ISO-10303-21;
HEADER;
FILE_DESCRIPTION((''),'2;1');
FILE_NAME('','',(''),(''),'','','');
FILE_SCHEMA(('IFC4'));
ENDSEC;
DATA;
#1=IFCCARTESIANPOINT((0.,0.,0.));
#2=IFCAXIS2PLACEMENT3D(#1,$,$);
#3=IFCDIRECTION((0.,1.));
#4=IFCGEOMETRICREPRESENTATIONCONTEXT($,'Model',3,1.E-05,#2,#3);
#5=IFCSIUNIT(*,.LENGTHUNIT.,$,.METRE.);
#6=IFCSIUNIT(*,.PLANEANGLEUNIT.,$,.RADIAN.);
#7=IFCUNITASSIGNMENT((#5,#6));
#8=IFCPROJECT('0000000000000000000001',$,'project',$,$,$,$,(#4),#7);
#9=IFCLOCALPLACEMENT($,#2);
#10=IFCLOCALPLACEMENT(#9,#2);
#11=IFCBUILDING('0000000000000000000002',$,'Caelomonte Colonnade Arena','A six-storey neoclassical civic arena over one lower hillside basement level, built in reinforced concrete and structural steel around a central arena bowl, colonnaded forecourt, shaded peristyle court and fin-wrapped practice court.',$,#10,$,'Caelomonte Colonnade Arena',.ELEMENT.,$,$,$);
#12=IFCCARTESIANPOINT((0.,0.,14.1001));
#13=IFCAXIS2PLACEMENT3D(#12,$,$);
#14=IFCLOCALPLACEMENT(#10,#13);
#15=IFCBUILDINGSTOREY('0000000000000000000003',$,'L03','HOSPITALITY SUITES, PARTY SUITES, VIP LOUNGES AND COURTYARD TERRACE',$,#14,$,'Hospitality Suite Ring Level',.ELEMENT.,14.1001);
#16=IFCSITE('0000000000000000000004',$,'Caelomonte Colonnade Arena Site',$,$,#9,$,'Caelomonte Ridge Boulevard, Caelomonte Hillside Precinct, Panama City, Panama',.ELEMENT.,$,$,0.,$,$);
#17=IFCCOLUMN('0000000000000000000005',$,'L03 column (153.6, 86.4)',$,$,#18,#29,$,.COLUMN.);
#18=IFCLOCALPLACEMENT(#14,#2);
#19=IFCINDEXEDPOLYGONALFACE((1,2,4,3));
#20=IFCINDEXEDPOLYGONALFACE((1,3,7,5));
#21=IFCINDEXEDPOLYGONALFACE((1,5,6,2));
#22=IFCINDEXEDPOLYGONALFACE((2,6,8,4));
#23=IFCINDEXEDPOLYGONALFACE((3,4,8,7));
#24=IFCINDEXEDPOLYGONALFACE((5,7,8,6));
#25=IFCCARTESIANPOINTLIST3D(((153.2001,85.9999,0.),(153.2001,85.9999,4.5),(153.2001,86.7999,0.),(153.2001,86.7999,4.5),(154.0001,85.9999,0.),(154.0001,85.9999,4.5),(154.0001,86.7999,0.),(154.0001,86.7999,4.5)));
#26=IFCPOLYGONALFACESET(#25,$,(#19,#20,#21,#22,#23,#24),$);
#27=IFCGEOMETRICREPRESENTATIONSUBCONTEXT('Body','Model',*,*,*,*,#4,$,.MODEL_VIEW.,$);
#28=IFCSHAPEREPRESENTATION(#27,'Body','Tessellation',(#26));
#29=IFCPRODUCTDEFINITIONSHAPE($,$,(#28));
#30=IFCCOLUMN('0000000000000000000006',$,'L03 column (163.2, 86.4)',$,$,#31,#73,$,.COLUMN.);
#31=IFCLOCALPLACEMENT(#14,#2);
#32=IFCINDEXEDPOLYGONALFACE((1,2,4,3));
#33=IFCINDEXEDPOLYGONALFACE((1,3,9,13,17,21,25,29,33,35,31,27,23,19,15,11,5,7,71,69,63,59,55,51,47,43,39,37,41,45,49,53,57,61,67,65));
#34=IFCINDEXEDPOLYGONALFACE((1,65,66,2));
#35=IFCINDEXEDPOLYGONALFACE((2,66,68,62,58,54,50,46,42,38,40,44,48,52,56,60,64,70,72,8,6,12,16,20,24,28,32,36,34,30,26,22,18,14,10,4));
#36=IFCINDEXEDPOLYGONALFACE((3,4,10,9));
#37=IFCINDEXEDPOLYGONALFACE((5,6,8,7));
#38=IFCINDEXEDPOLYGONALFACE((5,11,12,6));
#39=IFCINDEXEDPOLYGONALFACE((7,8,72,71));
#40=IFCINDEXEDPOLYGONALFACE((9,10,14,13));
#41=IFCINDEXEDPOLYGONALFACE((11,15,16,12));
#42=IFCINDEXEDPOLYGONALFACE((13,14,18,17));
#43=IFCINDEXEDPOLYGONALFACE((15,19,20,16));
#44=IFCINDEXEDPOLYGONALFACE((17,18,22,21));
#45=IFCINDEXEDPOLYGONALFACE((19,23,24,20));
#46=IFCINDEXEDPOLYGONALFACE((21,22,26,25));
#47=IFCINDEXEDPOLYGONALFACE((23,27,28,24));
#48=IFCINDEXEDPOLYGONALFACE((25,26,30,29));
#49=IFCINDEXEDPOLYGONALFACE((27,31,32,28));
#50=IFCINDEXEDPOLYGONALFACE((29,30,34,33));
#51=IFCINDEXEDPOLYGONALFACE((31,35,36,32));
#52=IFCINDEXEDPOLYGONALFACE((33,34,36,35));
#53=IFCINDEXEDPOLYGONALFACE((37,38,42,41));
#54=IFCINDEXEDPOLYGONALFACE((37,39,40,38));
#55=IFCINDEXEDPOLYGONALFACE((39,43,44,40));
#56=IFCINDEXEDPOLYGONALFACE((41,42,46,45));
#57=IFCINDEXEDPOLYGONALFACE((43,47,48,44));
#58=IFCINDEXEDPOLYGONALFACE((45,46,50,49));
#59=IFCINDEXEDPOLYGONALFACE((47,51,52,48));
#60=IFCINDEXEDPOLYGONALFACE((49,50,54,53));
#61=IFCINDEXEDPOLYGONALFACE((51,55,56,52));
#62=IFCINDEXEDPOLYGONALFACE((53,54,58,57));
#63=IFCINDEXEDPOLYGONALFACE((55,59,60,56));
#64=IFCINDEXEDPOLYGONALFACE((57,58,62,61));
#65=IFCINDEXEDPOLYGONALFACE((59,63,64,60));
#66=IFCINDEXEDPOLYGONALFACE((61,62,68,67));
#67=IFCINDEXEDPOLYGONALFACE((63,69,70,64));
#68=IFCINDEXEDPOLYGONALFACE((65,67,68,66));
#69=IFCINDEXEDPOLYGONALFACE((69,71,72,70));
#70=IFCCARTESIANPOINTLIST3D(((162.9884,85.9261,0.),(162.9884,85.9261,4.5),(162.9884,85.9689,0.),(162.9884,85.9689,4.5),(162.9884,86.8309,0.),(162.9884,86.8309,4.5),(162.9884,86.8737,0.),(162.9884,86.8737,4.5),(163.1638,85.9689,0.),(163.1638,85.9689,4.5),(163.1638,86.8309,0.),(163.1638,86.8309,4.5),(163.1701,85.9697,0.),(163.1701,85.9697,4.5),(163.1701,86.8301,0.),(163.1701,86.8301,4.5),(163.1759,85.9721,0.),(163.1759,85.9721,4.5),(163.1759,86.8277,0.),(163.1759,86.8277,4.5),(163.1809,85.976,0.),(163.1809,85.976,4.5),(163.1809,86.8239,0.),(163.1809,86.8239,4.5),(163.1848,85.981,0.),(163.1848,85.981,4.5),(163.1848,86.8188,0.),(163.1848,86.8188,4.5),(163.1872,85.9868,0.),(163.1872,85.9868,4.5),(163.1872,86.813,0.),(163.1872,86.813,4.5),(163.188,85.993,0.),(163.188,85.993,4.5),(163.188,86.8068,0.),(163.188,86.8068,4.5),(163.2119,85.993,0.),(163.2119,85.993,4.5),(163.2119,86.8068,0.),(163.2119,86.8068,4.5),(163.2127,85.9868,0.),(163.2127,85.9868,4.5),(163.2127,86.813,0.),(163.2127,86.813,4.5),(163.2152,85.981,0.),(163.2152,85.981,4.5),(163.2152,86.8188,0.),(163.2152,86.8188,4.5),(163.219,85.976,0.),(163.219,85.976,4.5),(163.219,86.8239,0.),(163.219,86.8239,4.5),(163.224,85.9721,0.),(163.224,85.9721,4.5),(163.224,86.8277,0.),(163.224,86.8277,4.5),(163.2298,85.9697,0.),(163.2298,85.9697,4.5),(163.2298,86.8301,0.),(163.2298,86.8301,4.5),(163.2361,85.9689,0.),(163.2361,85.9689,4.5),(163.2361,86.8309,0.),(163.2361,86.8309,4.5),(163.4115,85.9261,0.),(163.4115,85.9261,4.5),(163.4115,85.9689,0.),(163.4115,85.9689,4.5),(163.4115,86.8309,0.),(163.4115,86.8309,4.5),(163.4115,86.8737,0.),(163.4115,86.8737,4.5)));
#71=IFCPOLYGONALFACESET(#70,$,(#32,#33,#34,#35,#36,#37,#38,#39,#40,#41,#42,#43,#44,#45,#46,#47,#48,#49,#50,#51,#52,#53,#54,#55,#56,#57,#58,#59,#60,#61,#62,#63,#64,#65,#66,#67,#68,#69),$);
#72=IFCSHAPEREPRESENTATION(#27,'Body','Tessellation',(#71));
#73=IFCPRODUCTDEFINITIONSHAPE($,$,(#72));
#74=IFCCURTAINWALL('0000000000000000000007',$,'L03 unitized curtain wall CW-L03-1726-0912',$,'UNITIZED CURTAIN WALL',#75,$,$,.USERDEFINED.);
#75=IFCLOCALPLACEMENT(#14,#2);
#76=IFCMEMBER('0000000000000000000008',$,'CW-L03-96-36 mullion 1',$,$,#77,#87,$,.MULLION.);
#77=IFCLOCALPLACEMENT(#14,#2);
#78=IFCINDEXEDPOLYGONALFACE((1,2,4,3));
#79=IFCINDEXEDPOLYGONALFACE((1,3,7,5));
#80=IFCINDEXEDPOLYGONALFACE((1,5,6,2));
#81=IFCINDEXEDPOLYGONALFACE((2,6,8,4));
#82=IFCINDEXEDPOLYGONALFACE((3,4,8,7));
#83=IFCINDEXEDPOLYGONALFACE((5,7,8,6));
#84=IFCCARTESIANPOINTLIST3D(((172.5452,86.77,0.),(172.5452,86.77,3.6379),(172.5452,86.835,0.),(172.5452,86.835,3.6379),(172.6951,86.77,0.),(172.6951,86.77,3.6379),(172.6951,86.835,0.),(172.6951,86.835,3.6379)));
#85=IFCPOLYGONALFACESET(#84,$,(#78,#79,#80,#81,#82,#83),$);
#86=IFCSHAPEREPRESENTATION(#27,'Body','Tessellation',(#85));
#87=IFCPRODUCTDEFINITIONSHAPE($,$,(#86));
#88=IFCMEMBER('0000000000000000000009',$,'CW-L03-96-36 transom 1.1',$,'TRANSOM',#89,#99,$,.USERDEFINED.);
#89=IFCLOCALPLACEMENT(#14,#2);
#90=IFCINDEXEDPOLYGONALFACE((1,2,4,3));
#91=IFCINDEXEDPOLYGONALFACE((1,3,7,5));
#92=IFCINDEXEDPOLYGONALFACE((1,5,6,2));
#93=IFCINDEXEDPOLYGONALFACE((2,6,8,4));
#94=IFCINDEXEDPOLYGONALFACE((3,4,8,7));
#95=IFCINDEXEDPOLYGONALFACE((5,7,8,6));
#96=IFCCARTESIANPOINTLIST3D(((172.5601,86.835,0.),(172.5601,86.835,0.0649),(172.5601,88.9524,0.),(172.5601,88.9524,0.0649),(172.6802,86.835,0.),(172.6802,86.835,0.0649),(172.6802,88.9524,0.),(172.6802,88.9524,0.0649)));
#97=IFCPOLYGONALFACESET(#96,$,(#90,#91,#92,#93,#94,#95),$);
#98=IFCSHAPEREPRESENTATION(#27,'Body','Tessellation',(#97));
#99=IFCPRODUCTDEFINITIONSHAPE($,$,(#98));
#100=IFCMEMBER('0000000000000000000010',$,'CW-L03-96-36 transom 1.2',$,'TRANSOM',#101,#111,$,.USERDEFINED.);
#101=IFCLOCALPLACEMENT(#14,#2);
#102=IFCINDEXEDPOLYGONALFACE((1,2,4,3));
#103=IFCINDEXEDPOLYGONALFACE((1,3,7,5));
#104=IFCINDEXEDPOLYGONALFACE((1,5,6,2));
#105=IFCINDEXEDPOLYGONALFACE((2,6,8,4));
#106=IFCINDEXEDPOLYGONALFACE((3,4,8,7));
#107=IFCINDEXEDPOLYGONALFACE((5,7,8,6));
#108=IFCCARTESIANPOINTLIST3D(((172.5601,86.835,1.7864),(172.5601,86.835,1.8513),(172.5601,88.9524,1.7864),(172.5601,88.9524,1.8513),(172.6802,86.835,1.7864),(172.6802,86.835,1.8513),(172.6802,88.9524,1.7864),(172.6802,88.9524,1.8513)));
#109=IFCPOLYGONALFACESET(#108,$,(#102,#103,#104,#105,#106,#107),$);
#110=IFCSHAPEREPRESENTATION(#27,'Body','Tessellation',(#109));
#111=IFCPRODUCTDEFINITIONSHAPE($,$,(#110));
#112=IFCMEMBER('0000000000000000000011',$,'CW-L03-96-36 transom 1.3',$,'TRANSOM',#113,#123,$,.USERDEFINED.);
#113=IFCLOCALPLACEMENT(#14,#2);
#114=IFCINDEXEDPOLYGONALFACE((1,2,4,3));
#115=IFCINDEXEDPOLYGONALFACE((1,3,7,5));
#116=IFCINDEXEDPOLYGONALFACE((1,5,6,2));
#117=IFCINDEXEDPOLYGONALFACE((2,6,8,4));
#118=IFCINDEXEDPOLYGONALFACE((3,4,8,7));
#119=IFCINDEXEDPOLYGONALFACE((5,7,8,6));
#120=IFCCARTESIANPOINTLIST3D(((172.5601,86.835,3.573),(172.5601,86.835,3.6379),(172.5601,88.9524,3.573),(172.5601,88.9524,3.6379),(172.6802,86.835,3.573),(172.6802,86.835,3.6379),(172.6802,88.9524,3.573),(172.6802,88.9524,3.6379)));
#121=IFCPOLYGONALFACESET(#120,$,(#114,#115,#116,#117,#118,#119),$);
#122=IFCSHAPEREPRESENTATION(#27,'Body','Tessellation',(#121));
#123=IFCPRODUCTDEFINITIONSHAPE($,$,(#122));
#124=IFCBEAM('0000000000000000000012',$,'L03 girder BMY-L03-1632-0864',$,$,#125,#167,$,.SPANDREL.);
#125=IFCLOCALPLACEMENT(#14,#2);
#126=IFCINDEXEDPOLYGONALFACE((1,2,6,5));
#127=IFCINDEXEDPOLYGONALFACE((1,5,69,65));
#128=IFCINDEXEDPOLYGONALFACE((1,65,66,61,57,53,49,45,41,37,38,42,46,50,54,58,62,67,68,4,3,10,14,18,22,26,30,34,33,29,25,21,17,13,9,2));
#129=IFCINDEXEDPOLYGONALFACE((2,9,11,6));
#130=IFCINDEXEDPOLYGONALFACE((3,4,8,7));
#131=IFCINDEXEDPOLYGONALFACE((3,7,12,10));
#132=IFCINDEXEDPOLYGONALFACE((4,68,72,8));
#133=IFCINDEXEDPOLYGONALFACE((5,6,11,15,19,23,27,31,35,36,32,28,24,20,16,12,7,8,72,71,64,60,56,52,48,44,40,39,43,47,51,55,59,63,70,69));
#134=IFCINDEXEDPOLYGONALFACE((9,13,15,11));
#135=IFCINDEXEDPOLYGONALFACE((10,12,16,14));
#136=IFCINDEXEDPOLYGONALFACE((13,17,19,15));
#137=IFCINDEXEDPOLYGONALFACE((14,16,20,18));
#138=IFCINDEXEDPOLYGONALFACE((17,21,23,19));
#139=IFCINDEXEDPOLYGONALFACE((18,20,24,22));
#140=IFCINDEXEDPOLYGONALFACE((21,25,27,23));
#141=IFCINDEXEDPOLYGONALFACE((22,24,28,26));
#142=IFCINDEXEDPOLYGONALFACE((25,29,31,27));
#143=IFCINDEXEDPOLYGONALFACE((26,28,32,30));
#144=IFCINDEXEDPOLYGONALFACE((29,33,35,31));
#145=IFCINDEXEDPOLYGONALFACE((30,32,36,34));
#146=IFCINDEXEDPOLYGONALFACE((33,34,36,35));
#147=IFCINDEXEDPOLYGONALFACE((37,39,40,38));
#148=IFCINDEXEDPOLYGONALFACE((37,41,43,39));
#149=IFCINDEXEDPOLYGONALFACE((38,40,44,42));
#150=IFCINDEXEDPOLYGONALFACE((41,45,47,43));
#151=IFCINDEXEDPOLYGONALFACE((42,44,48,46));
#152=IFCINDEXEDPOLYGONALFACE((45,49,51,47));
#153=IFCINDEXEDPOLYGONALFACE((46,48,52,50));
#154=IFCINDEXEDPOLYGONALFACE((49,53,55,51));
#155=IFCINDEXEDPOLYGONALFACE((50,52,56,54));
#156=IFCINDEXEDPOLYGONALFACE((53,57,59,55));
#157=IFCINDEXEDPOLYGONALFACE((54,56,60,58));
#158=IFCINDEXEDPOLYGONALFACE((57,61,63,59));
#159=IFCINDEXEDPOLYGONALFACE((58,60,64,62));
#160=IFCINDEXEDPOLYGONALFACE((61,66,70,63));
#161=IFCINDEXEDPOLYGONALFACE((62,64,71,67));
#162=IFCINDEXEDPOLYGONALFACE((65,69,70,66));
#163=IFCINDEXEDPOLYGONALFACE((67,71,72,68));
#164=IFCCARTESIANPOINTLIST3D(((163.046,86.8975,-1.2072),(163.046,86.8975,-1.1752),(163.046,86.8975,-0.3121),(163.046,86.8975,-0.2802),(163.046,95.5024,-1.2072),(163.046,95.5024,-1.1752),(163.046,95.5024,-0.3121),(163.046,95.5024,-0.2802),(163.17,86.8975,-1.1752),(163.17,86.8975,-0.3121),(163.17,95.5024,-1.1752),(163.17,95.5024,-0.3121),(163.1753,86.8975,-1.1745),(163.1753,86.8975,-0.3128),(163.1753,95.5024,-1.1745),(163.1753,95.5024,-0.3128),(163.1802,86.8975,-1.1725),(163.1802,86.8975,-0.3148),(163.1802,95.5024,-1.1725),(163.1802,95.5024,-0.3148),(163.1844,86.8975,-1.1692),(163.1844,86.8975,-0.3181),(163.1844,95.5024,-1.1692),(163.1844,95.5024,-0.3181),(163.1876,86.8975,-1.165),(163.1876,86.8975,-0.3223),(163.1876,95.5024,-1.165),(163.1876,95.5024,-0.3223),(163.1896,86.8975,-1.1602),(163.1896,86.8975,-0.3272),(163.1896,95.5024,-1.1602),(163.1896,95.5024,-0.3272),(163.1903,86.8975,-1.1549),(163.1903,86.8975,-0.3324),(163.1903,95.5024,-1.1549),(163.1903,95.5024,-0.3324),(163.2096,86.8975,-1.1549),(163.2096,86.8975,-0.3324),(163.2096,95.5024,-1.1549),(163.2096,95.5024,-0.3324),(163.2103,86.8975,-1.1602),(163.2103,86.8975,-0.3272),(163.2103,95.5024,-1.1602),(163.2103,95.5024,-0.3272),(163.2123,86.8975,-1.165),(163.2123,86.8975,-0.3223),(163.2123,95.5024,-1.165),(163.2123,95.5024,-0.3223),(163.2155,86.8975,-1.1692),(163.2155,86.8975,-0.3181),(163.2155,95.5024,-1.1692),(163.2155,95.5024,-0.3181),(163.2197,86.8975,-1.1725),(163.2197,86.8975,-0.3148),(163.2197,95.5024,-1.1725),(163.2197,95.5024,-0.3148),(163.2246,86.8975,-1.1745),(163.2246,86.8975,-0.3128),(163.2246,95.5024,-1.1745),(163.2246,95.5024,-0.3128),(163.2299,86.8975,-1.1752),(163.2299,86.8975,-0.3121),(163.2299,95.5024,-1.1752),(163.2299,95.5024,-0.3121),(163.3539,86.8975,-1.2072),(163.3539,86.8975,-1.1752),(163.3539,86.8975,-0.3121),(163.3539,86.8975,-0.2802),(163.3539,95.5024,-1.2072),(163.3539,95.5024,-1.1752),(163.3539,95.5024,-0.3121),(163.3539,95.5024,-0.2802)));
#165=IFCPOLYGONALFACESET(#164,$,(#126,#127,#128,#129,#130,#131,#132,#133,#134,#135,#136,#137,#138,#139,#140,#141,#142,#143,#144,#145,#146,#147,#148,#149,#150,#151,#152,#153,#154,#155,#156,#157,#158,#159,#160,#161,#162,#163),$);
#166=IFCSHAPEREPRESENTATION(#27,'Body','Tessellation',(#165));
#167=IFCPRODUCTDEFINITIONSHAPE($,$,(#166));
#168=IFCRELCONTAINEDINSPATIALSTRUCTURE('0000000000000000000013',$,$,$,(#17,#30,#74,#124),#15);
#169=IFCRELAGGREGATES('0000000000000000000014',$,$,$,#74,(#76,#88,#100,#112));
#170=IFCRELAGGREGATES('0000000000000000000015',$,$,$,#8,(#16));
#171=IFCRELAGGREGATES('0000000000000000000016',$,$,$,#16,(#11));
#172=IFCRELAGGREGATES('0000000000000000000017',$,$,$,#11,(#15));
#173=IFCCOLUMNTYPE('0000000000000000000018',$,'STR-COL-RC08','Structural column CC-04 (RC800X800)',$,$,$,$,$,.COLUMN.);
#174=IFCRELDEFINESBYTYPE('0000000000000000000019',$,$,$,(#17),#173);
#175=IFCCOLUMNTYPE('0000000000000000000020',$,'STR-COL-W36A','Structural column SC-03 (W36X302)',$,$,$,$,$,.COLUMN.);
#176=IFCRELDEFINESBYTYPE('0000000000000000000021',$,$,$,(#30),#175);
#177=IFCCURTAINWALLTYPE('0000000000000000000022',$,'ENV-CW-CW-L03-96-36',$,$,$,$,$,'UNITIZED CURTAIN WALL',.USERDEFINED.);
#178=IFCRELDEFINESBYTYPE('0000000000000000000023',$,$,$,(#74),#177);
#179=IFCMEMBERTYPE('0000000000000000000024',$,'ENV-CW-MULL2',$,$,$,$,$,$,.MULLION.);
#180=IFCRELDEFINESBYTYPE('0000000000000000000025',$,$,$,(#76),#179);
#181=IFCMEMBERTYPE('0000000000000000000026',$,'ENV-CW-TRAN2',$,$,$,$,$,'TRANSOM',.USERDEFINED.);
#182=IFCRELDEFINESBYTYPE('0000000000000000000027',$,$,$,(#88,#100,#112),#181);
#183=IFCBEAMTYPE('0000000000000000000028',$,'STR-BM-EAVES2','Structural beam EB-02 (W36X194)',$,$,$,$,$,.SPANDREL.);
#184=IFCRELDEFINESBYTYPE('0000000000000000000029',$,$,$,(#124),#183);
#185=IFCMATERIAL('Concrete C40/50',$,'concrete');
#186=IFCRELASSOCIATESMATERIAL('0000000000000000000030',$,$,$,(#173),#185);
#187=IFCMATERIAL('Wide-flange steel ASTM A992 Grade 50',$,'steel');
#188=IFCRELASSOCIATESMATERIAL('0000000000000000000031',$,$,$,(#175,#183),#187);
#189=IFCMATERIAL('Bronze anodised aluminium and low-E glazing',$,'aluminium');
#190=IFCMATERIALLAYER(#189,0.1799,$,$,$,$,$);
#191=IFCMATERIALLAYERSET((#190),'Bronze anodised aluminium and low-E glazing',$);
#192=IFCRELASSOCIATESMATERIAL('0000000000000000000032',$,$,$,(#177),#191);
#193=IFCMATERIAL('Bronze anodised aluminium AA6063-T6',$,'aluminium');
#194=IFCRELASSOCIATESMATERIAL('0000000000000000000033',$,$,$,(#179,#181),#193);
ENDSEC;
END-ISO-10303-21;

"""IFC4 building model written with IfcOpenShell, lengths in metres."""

from ifc_helpers import new_model, si_unit, direction, frame, origin, origin_2d, place, context, subcontext, project, spatial, rectangle, i_section, extrude, material, layer, layer_set, material_profile, profile_set, type_object, element, aggregate, save


model = new_model("IFC4")

# Units and contexts
model_context = context("Model", 3, precision=1e-05, world=origin(), true_north=direction((0.0, 1.0)))
body_context = subcontext(model_context, "Body", "Model", "MODEL_VIEW")
ifc_project = project(units=[si_unit("LENGTHUNIT", "METRE"), si_unit("PLANEANGLEUNIT", "RADIAN")], contexts=[model_context])

# Site, building, storey
site_placement = place(None, origin())
site = spatial("IfcSite", under=ifc_project, at=site_placement, Name="Caelomonte Colonnade Arena Site", LongName="Caelomonte Ridge Boulevard, Caelomonte Hillside Precinct, Panama City, Panama", CompositionType="ELEMENT", RefElevation=0.0)
building_placement = place(site_placement, origin())
building = spatial("IfcBuilding", under=site, at=building_placement, Name="Caelomonte Colonnade Arena", Description="A six-storey neoclassical civic arena over one lower hillside basement level, built in reinforced concrete and structural steel around a central arena bowl, colonnaded forecourt, shaded peristyle court and fin-wrapped practice court.", LongName="Caelomonte Colonnade Arena", CompositionType="ELEMENT")
storey_placement = place(building_placement, frame((0.0, 0.0, 14.1001)))
storey = spatial("IfcBuildingStorey", under=building, at=storey_placement, Name="L03", Description="HOSPITALITY SUITES, PARTY SUITES, VIP LOUNGES AND COURTYARD TERRACE", LongName="Hospitality Suite Ring Level", CompositionType="ELEMENT", Elevation=14.1001)

# Columns
ifc_material_1 = material(Name="Concrete C40/50", Category="concrete")
ifc_material_profile_1 = material_profile(ifc_material_1, rectangle(XDim=0.8, YDim=0.8, at=origin_2d()), Name="RC800X800")
ifc_profile_set_1 = profile_set([ifc_material_profile_1], Name="Concrete C40/50")
column_type_1 = type_object("IfcColumnType", Name="STR-COL-RC08", Description="Structural column CC-04 (RC800X800)", PredefinedType="COLUMN", material=ifc_profile_set_1)
column_1_placement = place(storey_placement, frame((153.6001, 86.3999, 0.0), z_axis=(0.0, 0.0, 1.0), x_axis=(1.0, 0.0, 0.0)))
element("IfcColumn", 1, at=column_1_placement, inside=storey, type_object=column_type_1, Name="L03 column (153.6, 86.4)", PredefinedType="COLUMN", context=body_context, shape_type="SweptSolid", body=[
    extrude(rectangle(XDim=0.8, YDim=0.8, at=origin_2d()), origin(), (0.0, 0.0, 1.0), 4.5),
])
ifc_material_2 = material(Name="Wide-flange steel ASTM A992 Grade 50", Category="steel")
ifc_material_profile_2 = material_profile(ifc_material_2, i_section(OverallWidth=0.4231, OverallDepth=0.9475, WebThickness=0.0239, FlangeThickness=0.0427, FilletRadius=0.0242, at=origin_2d()), Name="W36X302")
ifc_profile_set_2 = profile_set([ifc_material_profile_2], Name="Wide-flange steel ASTM A992 Grade 50")
column_type_2 = type_object("IfcColumnType", Name="STR-COL-W36A", Description="Structural column SC-03 (W36X302)", PredefinedType="COLUMN", material=ifc_profile_set_2)
column_2_placement = place(storey_placement, frame((163.2, 86.3999, 0.0), z_axis=(0.0, 0.0, 1.0), x_axis=(1.0, 0.0, 0.0)))
element("IfcColumn", 2, at=column_2_placement, inside=storey, type_object=column_type_2, Name="L03 column (163.2, 86.4)", PredefinedType="COLUMN", context=body_context, shape_type="SweptSolid", body=[
    extrude(i_section(OverallWidth=0.4231, OverallDepth=0.9475, WebThickness=0.0239, FlangeThickness=0.0427, FilletRadius=0.0242, at=origin_2d()), origin(), (0.0, 0.0, 1.0), 4.5),
])

# Curtain wall, members
ifc_material_3 = material(Name="Bronze anodised aluminium and low-E glazing", Category="aluminium")
ifc_layer_1 = layer(ifc_material_3, 0.1799)
ifc_layer_set_1 = layer_set([ifc_layer_1], Name="Bronze anodised aluminium and low-E glazing")
curtain_wall_type = type_object("IfcCurtainWallType", Name="ENV-CW-CW-L03-96-36", ElementType="UNITIZED CURTAIN WALL", PredefinedType="USERDEFINED", material=ifc_layer_set_1)
curtain_wall_placement = place(storey_placement, origin())
curtain_wall = element("IfcCurtainWall", 3, at=curtain_wall_placement, inside=storey, type_object=curtain_wall_type, Name="L03 unitized curtain wall CW-L03-1726-0912", ObjectType="UNITIZED CURTAIN WALL", PredefinedType="USERDEFINED")
ifc_material_4 = material(Name="Bronze anodised aluminium AA6063-T6", Category="aluminium")
ifc_material_profile_3 = material_profile(ifc_material_4, rectangle(XDim=0.0649, YDim=0.1499, at=origin_2d()), Name="CWM-65X150")
ifc_profile_set_3 = profile_set([ifc_material_profile_3], Name="Bronze anodised aluminium AA6063-T6")
member_type_1 = type_object("IfcMemberType", Name="ENV-CW-MULL2", PredefinedType="MULLION", material=ifc_profile_set_3)
member_1_placement = place(storey_placement, frame((172.6201, 86.8025, 0.0), z_axis=(0.0, 0.0, 1.0), x_axis=(0.0, 1.0, 0.0)))
member_1 = element("IfcMember", 4, at=member_1_placement, type_object=member_type_1, Name="CW-L03-96-36 mullion 1", PredefinedType="MULLION", context=body_context, shape_type="SweptSolid", body=[
    extrude(rectangle(XDim=0.0649, YDim=0.1499, at=origin_2d()), origin(), (0.0, 0.0, 1.0), 3.6379),
])
ifc_material_profile_4 = material_profile(ifc_material_4, rectangle(XDim=0.0649, YDim=0.1201, at=origin_2d()), Name="CWT-65X120")
ifc_profile_set_4 = profile_set([ifc_material_profile_4], Name="Bronze anodised aluminium AA6063-T6")
member_type_2 = type_object("IfcMemberType", Name="ENV-CW-TRAN2", ElementType="TRANSOM", PredefinedType="USERDEFINED", material=ifc_profile_set_4)
member_2_placement = place(storey_placement, frame((172.6201, 86.835, 0.0325), z_axis=(0.0, 1.0, 0.0), x_axis=(0.0, 0.0, 1.0)))
member_2 = element("IfcMember", 5, at=member_2_placement, type_object=member_type_2, Name="CW-L03-96-36 transom 1.1", ObjectType="TRANSOM", PredefinedType="USERDEFINED", context=body_context, shape_type="SweptSolid", body=[
    extrude(rectangle(XDim=0.0649, YDim=0.1201, at=origin_2d()), origin(), (0.0, 0.0, 1.0), 2.1174),
])
member_3_placement = place(storey_placement, frame((172.6201, 86.835, 1.8188), z_axis=(0.0, 1.0, 0.0), x_axis=(0.0, 0.0, 1.0)))
member_3 = element("IfcMember", 6, at=member_3_placement, type_object=member_type_2, Name="CW-L03-96-36 transom 1.2", ObjectType="TRANSOM", PredefinedType="USERDEFINED", context=body_context, shape_type="SweptSolid", body=[
    extrude(rectangle(XDim=0.0649, YDim=0.1201, at=origin_2d()), origin(), (0.0, 0.0, 1.0), 2.1174),
])
member_4_placement = place(storey_placement, frame((172.6201, 86.835, 3.6055), z_axis=(0.0, 1.0, 0.0), x_axis=(0.0, 0.0, 1.0)))
member_4 = element("IfcMember", 7, at=member_4_placement, type_object=member_type_2, Name="CW-L03-96-36 transom 1.3", ObjectType="TRANSOM", PredefinedType="USERDEFINED", context=body_context, shape_type="SweptSolid", body=[
    extrude(rectangle(XDim=0.0649, YDim=0.1201, at=origin_2d()), origin(), (0.0, 0.0, 1.0), 2.1174),
])

# Beam
ifc_material_profile_5 = material_profile(ifc_material_2, i_section(OverallWidth=0.3079, OverallDepth=0.927, WebThickness=0.0193, FlangeThickness=0.032, FilletRadius=0.0203, at=origin_2d()), Name="W36X194")
ifc_profile_set_5 = profile_set([ifc_material_profile_5], Name="Wide-flange steel ASTM A992 Grade 50")
beam_type_1 = type_object("IfcBeamType", Name="STR-BM-EAVES2", Description="Structural beam EB-02 (W36X194)", PredefinedType="SPANDREL", material=ifc_profile_set_5)
beam_1_placement = place(storey_placement, frame((163.2, 86.8975, -0.7437), z_axis=(0.0, 1.0, 0.0), x_axis=(-1.0, 0.0, 0.0)))
element("IfcBeam", 8, at=beam_1_placement, inside=storey, type_object=beam_type_1, Name="L03 girder BMY-L03-1632-0864", PredefinedType="SPANDREL", context=body_context, shape_type="SweptSolid", body=[
    extrude(i_section(OverallWidth=0.3079, OverallDepth=0.927, WebThickness=0.0193, FlangeThickness=0.032, FilletRadius=0.0203, at=origin_2d()), origin(), (0.0, 0.0, 1.0), 8.605),
])

aggregate(curtain_wall, [member_1, member_2, member_3, member_4])

save(model, "model.ifc")
